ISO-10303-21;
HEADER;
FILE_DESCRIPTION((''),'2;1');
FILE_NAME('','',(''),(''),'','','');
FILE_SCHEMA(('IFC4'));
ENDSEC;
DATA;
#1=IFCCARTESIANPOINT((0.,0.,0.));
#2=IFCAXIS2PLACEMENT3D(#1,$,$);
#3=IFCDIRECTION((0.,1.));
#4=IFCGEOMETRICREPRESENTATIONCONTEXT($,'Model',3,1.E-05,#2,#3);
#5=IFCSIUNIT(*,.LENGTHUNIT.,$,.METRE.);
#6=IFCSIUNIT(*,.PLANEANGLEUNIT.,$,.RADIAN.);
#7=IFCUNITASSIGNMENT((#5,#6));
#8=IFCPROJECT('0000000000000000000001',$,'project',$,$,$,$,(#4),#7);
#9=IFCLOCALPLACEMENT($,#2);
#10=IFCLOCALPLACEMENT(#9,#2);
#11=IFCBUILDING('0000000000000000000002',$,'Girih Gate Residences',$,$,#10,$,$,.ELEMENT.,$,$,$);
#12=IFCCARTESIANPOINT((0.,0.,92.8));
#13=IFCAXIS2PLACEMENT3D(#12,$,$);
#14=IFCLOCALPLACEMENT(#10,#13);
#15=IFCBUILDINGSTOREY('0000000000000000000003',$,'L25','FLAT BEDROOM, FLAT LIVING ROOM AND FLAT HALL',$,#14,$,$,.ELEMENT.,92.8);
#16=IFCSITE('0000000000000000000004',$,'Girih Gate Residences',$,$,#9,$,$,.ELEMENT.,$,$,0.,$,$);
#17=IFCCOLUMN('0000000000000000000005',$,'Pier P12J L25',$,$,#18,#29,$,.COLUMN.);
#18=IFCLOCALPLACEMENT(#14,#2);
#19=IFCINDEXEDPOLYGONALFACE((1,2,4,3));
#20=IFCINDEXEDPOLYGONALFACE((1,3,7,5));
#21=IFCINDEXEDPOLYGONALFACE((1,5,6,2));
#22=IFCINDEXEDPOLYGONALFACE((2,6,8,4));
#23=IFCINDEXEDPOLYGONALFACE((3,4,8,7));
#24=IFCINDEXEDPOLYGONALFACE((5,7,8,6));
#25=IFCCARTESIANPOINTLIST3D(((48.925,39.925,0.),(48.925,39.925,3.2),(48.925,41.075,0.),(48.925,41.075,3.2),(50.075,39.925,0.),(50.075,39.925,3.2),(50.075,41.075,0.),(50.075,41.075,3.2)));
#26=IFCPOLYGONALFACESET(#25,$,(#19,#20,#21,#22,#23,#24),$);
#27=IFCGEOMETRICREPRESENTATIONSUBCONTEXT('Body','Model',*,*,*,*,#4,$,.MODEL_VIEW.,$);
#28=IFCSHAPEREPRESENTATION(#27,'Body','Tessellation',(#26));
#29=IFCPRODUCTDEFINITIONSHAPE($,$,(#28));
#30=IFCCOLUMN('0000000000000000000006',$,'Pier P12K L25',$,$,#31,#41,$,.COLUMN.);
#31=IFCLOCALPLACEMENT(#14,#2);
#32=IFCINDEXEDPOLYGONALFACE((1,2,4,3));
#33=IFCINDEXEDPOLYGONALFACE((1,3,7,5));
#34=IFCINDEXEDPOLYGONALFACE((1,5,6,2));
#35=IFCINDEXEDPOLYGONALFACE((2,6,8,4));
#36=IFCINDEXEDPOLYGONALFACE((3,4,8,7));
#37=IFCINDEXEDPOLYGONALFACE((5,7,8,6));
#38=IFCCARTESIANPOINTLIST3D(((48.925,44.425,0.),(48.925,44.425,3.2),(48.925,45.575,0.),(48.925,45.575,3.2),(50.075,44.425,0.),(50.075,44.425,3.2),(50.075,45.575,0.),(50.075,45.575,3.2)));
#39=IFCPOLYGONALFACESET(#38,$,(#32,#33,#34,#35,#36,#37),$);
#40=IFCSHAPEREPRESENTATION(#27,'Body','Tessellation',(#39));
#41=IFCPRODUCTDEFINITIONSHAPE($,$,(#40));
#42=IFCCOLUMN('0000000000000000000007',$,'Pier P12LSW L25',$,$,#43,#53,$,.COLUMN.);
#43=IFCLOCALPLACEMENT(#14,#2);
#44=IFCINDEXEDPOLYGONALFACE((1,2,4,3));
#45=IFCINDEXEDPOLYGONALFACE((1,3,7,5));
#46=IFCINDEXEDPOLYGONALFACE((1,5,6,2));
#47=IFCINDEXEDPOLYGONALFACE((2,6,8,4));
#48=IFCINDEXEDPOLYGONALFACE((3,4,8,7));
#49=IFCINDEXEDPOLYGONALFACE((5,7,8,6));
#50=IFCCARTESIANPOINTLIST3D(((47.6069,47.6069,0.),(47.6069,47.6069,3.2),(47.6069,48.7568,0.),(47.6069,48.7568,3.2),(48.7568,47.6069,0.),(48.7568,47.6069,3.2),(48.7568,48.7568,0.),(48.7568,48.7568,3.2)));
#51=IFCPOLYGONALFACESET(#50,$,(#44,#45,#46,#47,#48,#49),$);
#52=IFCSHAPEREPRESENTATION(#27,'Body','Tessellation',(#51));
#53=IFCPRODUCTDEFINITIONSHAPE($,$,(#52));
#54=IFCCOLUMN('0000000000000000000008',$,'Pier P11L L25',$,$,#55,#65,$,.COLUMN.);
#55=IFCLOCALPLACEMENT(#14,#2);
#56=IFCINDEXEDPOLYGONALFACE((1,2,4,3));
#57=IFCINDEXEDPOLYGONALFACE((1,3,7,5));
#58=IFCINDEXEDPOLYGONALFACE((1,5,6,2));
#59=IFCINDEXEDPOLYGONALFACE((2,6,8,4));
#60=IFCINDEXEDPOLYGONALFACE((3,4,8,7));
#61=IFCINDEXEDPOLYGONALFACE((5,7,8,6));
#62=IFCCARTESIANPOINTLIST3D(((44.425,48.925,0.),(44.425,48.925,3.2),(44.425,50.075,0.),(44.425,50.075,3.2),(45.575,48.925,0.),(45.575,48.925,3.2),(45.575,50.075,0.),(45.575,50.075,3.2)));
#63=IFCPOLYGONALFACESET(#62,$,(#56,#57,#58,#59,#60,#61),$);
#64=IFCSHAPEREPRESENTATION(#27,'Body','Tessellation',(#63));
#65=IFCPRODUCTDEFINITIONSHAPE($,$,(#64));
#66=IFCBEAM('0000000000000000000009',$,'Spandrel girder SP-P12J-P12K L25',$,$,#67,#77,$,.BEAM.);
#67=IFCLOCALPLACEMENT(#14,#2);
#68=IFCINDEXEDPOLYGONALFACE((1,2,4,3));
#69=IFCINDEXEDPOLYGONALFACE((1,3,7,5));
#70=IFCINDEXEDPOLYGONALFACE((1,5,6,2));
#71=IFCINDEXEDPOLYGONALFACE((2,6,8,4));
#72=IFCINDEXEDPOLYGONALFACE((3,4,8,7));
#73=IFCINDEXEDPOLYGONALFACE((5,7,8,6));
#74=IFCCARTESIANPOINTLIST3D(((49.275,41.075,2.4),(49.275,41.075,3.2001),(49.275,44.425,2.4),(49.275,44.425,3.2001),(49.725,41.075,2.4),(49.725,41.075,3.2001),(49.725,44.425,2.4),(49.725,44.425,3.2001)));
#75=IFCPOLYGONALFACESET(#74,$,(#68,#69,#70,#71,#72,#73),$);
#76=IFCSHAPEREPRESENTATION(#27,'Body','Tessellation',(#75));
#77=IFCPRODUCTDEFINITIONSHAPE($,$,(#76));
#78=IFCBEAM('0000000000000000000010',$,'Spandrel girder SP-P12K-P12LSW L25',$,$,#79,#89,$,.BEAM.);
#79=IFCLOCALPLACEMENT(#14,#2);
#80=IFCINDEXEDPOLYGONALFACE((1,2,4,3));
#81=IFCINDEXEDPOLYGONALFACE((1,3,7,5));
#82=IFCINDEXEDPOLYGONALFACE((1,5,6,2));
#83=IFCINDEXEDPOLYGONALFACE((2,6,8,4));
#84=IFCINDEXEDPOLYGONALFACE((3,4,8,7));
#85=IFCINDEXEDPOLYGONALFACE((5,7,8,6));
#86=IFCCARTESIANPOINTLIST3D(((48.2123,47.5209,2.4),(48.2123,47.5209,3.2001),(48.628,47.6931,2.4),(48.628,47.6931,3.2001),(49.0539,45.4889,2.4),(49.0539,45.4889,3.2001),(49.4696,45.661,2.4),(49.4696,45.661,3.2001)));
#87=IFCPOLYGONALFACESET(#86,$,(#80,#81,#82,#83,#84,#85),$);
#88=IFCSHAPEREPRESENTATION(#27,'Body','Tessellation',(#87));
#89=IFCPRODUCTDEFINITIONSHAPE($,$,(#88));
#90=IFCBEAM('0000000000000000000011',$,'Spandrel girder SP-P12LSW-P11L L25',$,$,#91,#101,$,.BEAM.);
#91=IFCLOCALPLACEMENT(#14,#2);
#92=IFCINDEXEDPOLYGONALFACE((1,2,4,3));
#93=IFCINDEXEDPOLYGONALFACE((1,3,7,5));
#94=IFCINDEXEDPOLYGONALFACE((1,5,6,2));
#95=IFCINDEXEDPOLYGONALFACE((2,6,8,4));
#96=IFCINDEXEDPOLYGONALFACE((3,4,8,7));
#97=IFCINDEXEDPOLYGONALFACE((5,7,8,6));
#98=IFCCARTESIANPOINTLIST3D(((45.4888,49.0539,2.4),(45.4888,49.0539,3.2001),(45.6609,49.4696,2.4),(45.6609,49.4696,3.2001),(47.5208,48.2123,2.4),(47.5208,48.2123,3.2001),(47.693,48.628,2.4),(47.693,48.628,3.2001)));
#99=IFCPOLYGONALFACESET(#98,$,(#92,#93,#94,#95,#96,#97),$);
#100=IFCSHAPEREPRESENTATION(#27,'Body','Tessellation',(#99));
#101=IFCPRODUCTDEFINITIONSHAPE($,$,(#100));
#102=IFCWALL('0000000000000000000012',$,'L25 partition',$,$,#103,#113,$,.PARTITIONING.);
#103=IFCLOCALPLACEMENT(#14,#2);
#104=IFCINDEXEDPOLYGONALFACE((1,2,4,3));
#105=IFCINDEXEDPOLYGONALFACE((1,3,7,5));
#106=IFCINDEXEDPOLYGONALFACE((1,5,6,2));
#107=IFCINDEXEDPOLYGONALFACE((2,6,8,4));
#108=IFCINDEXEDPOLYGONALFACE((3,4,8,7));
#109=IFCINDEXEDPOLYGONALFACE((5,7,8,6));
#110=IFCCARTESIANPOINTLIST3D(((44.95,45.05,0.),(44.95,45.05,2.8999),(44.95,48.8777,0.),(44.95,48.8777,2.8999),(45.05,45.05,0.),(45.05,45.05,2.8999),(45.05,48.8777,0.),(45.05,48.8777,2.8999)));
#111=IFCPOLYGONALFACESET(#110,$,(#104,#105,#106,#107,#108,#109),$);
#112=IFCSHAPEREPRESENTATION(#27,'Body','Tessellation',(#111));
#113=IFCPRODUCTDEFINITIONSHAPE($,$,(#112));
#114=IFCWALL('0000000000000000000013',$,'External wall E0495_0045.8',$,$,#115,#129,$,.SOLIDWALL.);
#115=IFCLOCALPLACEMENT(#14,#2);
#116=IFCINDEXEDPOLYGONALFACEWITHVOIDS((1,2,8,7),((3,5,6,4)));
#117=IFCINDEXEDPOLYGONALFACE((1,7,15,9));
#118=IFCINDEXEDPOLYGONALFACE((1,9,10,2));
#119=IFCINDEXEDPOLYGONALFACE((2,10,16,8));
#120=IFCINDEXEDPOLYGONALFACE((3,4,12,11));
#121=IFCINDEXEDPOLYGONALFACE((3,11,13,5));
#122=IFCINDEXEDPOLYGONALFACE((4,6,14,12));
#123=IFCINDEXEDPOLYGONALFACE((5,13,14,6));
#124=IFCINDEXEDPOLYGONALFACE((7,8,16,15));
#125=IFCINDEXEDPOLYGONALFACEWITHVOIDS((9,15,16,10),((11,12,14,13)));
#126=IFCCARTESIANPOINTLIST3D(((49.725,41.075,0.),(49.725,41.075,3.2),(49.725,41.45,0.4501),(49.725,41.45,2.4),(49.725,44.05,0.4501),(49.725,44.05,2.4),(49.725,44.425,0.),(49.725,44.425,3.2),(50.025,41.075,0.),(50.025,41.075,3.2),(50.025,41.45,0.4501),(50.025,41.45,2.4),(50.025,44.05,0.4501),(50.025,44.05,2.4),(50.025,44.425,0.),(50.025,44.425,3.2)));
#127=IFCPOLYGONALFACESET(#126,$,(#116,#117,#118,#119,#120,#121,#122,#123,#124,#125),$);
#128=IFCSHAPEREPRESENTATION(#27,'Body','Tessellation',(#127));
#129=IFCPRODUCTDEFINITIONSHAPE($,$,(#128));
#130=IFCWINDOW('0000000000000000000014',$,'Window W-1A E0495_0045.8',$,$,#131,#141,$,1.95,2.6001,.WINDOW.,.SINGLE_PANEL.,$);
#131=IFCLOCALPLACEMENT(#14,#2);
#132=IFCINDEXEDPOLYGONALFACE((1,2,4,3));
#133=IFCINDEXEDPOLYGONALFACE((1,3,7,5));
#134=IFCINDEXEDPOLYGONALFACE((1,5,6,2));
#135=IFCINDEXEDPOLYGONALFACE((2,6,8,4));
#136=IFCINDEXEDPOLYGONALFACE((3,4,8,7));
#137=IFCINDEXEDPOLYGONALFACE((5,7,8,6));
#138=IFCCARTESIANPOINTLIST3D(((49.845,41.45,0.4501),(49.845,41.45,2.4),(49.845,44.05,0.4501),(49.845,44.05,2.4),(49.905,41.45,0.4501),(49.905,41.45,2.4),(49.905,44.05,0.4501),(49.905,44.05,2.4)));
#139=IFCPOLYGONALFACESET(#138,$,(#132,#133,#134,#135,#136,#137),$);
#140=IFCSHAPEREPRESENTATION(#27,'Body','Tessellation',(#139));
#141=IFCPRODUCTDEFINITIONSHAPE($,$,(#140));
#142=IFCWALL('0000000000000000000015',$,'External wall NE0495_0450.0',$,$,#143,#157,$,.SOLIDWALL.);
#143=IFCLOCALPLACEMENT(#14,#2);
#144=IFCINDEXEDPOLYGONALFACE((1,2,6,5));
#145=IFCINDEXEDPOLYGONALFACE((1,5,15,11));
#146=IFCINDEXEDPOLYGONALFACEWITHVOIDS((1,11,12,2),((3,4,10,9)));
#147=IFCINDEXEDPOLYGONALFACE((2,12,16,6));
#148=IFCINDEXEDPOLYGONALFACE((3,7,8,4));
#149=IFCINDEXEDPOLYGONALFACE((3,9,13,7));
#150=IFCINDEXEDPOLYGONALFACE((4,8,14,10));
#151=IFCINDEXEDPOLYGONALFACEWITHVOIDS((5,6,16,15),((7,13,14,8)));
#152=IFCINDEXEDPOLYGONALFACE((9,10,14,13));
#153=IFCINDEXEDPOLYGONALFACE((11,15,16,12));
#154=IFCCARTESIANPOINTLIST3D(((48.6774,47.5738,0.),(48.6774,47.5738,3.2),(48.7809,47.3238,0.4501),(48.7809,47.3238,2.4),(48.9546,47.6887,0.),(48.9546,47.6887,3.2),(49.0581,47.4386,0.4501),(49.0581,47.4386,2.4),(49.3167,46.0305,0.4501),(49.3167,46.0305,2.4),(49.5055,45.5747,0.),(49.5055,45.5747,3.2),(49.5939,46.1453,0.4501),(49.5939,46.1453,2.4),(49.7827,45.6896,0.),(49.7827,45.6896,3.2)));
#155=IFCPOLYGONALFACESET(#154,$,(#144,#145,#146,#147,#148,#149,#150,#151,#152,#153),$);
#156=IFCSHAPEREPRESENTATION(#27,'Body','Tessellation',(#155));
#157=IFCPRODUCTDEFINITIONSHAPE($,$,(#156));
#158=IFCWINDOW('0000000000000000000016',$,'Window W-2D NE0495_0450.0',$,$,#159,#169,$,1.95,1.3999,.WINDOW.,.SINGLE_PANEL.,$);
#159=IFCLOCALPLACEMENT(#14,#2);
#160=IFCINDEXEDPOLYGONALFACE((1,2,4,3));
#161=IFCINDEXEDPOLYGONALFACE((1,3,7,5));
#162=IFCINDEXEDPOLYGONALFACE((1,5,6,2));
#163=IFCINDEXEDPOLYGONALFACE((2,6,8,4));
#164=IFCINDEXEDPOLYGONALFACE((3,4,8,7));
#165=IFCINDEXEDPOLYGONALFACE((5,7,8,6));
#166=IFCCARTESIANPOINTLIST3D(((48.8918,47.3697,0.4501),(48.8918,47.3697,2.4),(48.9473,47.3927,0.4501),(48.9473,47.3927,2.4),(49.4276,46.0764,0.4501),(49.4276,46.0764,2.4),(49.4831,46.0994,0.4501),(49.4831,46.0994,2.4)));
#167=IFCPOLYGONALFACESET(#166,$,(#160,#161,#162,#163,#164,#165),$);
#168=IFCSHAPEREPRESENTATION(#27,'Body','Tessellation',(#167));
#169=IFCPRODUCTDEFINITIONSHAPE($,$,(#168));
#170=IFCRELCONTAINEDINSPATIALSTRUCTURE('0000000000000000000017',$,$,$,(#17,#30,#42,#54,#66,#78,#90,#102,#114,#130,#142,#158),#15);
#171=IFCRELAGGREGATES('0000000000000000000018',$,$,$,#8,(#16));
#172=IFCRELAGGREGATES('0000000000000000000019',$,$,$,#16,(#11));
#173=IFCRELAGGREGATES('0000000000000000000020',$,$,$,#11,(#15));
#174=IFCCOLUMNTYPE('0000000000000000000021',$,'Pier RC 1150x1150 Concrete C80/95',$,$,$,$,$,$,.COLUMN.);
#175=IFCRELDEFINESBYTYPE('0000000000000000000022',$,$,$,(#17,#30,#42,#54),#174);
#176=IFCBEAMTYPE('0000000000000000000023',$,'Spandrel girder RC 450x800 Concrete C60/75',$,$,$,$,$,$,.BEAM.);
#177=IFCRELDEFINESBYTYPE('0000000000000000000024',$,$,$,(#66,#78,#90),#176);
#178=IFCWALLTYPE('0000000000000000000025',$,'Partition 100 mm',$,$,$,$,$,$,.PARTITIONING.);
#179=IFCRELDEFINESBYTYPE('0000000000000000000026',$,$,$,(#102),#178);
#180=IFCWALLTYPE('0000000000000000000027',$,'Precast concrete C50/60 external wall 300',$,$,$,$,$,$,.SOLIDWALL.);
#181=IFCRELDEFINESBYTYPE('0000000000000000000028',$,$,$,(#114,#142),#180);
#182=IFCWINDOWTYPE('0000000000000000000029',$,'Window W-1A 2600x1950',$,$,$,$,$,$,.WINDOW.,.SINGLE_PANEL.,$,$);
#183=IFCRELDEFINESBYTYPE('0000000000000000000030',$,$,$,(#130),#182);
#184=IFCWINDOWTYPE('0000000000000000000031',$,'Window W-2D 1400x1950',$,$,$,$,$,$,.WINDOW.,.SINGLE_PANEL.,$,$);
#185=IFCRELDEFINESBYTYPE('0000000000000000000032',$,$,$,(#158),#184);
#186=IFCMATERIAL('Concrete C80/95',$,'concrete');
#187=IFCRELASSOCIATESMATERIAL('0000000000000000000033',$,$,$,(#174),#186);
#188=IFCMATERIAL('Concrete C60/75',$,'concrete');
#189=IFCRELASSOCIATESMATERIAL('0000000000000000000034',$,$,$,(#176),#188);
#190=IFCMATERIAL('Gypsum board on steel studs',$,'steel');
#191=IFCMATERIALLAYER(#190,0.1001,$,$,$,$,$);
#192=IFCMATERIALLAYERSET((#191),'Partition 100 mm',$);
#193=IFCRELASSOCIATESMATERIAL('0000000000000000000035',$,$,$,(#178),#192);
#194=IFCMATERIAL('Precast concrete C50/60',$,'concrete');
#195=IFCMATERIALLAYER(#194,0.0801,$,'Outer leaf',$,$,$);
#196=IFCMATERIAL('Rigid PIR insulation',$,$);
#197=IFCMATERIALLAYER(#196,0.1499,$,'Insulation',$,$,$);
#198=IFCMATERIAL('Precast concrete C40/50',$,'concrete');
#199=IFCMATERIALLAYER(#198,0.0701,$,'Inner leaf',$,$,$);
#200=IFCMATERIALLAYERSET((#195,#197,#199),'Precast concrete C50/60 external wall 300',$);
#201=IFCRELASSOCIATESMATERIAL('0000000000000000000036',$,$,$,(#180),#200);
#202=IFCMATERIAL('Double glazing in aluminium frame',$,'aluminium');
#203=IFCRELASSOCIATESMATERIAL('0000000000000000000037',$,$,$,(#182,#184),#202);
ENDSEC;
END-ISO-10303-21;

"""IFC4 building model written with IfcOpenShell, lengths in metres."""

from ifc_helpers import new_model, si_unit, direction, frame, frame_2d, origin, origin_2d, place, context, subcontext, project, spatial, rectangle, extrude, material, layer, layer_set, material_profile, profile_set, type_object, element, fill, save


model = new_model("IFC4")

# Units and contexts
model_context = context("Model", 3, precision=1e-05, world=origin(), true_north=direction((0.0, 1.0)))
body_context = subcontext(model_context, "Body", "Model", "MODEL_VIEW")
ifc_project = project(units=[si_unit("LENGTHUNIT", "METRE"), si_unit("PLANEANGLEUNIT", "RADIAN")], contexts=[model_context])

# Site, building, storey
site_placement = place(None, origin())
site = spatial("IfcSite", under=ifc_project, at=site_placement, Name="Girih Gate Residences", CompositionType="ELEMENT", RefElevation=0.0)
building_placement = place(site_placement, origin())
building = spatial("IfcBuilding", under=site, at=building_placement, Name="Girih Gate Residences", CompositionType="ELEMENT")
storey_placement = place(building_placement, frame((0.0, 0.0, 92.8)))
storey = spatial("IfcBuildingStorey", under=building, at=storey_placement, Name="L25", Description="FLAT BEDROOM, FLAT LIVING ROOM AND FLAT HALL", CompositionType="ELEMENT", Elevation=92.8)

# Columns
ifc_material_1 = material(Name="Concrete C80/95", Category="concrete")
ifc_material_profile_1 = material_profile(ifc_material_1, rectangle(XDim=1.1499, YDim=1.1499, at=origin_2d()))
ifc_profile_set_1 = profile_set([ifc_material_profile_1], Name="Concrete C80/95")
column_type = type_object("IfcColumnType", Name="Pier RC 1150x1150 Concrete C80/95", PredefinedType="COLUMN", material=ifc_profile_set_1)
for number, where, z_axis, x_axis, name in (
    (1, (49.5, 40.5, 0.0), (0.0, 0.0, 1.0), (1.0, 0.0, 0.0), "Pier P12J L25"),
    (2, (49.5, 45.0, 0.0), (0.0, 0.0, 1.0), (1.0, 0.0, 0.0), "Pier P12K L25"),
    (3, (48.1819, 48.1819, 0.0), (0.0, 0.0, 1.0), (1.0, 0.0, 0.0), "Pier P12LSW L25"),
    (4, (45.0, 49.5, 0.0), (0.0, 0.0, 1.0), (1.0, 0.0, 0.0), "Pier P11L L25"),
):
    element("IfcColumn", number, at=place(storey_placement, frame(where, z_axis=z_axis, x_axis=x_axis)), inside=storey, type_object=column_type, Name=name, PredefinedType="COLUMN", context=body_context, shape_type="SweptSolid", body=[
        extrude(rectangle(XDim=1.1499, YDim=1.1499, at=origin_2d()), origin(), (0.0, 0.0, 1.0), 3.2),
    ])

# Beams
ifc_material_2 = material(Name="Concrete C60/75", Category="concrete")
ifc_material_profile_2 = material_profile(ifc_material_2, rectangle(XDim=0.45, YDim=0.8, at=origin_2d()))
ifc_profile_set_2 = profile_set([ifc_material_profile_2], Name="Concrete C60/75")
beam_type = type_object("IfcBeamType", Name="Spandrel girder RC 450x800 Concrete C60/75", PredefinedType="BEAM", material=ifc_profile_set_2)
beam_placement = place(storey_placement, frame((49.5, 41.075, 2.8), z_axis=(0.0, 1.0, 0.0), x_axis=(-1.0, 0.0, 0.0)))
element("IfcBeam", 5, at=beam_placement, inside=storey, type_object=beam_type, Name="Spandrel girder SP-P12J-P12K L25", PredefinedType="BEAM", context=body_context, shape_type="SweptSolid", body=[
    extrude(rectangle(XDim=0.45, YDim=0.8, at=origin_2d()), origin(), (0.0, 0.0, 1.0), 3.3501),
])
for number, where, z_axis, x_axis, name in (
    (6, (49.2617, 45.575, 2.8), (-0.382636, 0.923899, 0.0), (-0.923899, -0.382636, 0.0), "Spandrel girder SP-P12K-P12LSW L25"),
    (7, (47.6069, 48.4202, 2.8), (-0.923899, 0.382636, 0.0), (-0.382636, -0.923899, 0.0), "Spandrel girder SP-P12LSW-P11L L25"),
):
    element("IfcBeam", number, at=place(storey_placement, frame(where, z_axis=z_axis, x_axis=x_axis)), inside=storey, type_object=beam_type, Name=name, PredefinedType="BEAM", context=body_context, shape_type="SweptSolid", body=[
        extrude(rectangle(XDim=0.45, YDim=0.8, at=origin_2d()), origin(), (0.0, 0.0, 1.0), 2.1995),
    ])

# Wall
ifc_material_3 = material(Name="Gypsum board on steel studs", Category="steel")
ifc_layer_1 = layer(ifc_material_3, 0.1001)
ifc_layer_set_1 = layer_set([ifc_layer_1], Name="Partition 100 mm")
wall_type_1 = type_object("IfcWallType", Name="Partition 100 mm", PredefinedType="PARTITIONING", material=ifc_layer_set_1)
wall_1_placement = place(storey_placement, frame((45.0, 45.05, 0.0), z_axis=(0.0, 0.0, 1.0), x_axis=(0.0, 1.0, 0.0)))
element("IfcWall", 8, at=wall_1_placement, inside=storey, type_object=wall_type_1, Name="L25 partition", PredefinedType="PARTITIONING", context=body_context, shape_type="SweptSolid", body=[
    extrude(rectangle(XDim=3.8276, YDim=0.1001, at=frame_2d((1.9138, 0.0))), origin(), (0.0, 0.0, 1.0), 2.8999),
])

# Walls, openings, windows
ifc_material_4 = material(Name="Precast concrete C50/60", Category="concrete")
ifc_layer_2 = layer(ifc_material_4, 0.0801, Name="Outer leaf")
ifc_material_5 = material(Name="Rigid PIR insulation")
ifc_layer_3 = layer(ifc_material_5, 0.1499, Name="Insulation")
ifc_material_6 = material(Name="Precast concrete C40/50", Category="concrete")
ifc_layer_4 = layer(ifc_material_6, 0.0701, Name="Inner leaf")
ifc_layer_set_2 = layer_set([ifc_layer_2, ifc_layer_3, ifc_layer_4], Name="Precast concrete C50/60 external wall 300")
wall_type_2 = type_object("IfcWallType", Name="Precast concrete C50/60 external wall 300", PredefinedType="SOLIDWALL", material=ifc_layer_set_2)
wall_2_placement = place(storey_placement, frame((49.875, 44.425, 0.0), z_axis=(0.0, 0.0, 1.0), x_axis=(0.0, -1.0, 0.0)))
wall_2 = element("IfcWall", 9, at=wall_2_placement, inside=storey, type_object=wall_type_2, Name="External wall E0495_0045.8", PredefinedType="SOLIDWALL", context=body_context, shape_type="SweptSolid", body=[
    extrude(rectangle(XDim=3.3501, YDim=0.3, at=frame_2d((1.675, 0.0))), origin(), (0.0, 0.0, 1.0), 3.2),
])
opening_1_placement = place(wall_2_placement, frame((0.375, 0.0, 0.45)))
opening_1 = element("IfcOpeningElement", 10, at=opening_1_placement, cuts=wall_2, PredefinedType="OPENING", context=body_context, shape_type="SweptSolid", body=[
    extrude(rectangle(XDim=2.6001, YDim=1.95, at=frame_2d((1.3, 0.9751))), frame((0.0, 0.1599, 0.0), z_axis=(0.0, -1.0, 0.0), x_axis=(1.0, 0.0, 0.0)), (0.0, 0.0, 1.0), 0.3201),
])
ifc_material_7 = material(Name="Double glazing in aluminium frame", Category="aluminium")
window_type_1 = type_object("IfcWindowType", Name="Window W-1A 2600x1950", PartitioningType="SINGLE_PANEL", PredefinedType="WINDOW", material=ifc_material_7)
window_1_placement = place(opening_1_placement, origin())
window_1 = element("IfcWindow", 11, at=window_1_placement, inside=storey, type_object=window_type_1, Name="Window W-1A E0495_0045.8", OverallHeight=1.95, OverallWidth=2.6001, PartitioningType="SINGLE_PANEL", PredefinedType="WINDOW", context=body_context, shape_type="SweptSolid", body=[
    extrude(rectangle(XDim=2.6001, YDim=1.95, at=frame_2d((1.3, 0.9751))), frame((0.0, 0.03, 0.0), z_axis=(0.0, -1.0, 0.0), x_axis=(1.0, 0.0, 0.0)), (0.0, 0.0, 1.0), 0.0601),
])
fill(opening_1, window_1)
wall_3_placement = place(storey_placement, frame((48.8159, 47.6313, 0.0), z_axis=(0.0, 0.0, 1.0), x_axis=(0.382724, -0.923863, 0.0)))
wall_3 = element("IfcWall", 12, at=wall_3_placement, inside=storey, type_object=wall_type_2, Name="External wall NE0495_0450.0", PredefinedType="SOLIDWALL", context=body_context, shape_type="SweptSolid", body=[
    extrude(rectangle(XDim=2.1638, YDim=0.3, at=frame_2d((1.082, 0.0))), origin(), (0.0, 0.0, 1.0), 3.2),
])
opening_2_placement = place(wall_3_placement, frame((0.2708, 0.0, 0.45)))
opening_2 = element("IfcOpeningElement", 13, at=opening_2_placement, cuts=wall_3, PredefinedType="OPENING", context=body_context, shape_type="SweptSolid", body=[
    extrude(rectangle(XDim=1.3999, YDim=1.95, at=frame_2d((0.7, 0.9751))), frame((0.0, 0.1599, 0.0), z_axis=(0.0, -1.0, 0.0), x_axis=(1.0, 0.0, 0.0)), (0.0, 0.0, 1.0), 0.3201),
])
window_type_2 = type_object("IfcWindowType", Name="Window W-2D 1400x1950", PartitioningType="SINGLE_PANEL", PredefinedType="WINDOW", material=ifc_material_7)
window_2_placement = place(opening_2_placement, origin())
window_2 = element("IfcWindow", 14, at=window_2_placement, inside=storey, type_object=window_type_2, Name="Window W-2D NE0495_0450.0", OverallHeight=1.95, OverallWidth=1.3999, PartitioningType="SINGLE_PANEL", PredefinedType="WINDOW", context=body_context, shape_type="SweptSolid", body=[
    extrude(rectangle(XDim=1.3999, YDim=1.95, at=frame_2d((0.7, 0.9751))), frame((0.0, 0.03, 0.0), z_axis=(0.0, -1.0, 0.0), x_axis=(1.0, 0.0, 0.0)), (0.0, 0.0, 1.0), 0.0601),
])
fill(opening_2, window_2)

save(model, "model.ifc")
